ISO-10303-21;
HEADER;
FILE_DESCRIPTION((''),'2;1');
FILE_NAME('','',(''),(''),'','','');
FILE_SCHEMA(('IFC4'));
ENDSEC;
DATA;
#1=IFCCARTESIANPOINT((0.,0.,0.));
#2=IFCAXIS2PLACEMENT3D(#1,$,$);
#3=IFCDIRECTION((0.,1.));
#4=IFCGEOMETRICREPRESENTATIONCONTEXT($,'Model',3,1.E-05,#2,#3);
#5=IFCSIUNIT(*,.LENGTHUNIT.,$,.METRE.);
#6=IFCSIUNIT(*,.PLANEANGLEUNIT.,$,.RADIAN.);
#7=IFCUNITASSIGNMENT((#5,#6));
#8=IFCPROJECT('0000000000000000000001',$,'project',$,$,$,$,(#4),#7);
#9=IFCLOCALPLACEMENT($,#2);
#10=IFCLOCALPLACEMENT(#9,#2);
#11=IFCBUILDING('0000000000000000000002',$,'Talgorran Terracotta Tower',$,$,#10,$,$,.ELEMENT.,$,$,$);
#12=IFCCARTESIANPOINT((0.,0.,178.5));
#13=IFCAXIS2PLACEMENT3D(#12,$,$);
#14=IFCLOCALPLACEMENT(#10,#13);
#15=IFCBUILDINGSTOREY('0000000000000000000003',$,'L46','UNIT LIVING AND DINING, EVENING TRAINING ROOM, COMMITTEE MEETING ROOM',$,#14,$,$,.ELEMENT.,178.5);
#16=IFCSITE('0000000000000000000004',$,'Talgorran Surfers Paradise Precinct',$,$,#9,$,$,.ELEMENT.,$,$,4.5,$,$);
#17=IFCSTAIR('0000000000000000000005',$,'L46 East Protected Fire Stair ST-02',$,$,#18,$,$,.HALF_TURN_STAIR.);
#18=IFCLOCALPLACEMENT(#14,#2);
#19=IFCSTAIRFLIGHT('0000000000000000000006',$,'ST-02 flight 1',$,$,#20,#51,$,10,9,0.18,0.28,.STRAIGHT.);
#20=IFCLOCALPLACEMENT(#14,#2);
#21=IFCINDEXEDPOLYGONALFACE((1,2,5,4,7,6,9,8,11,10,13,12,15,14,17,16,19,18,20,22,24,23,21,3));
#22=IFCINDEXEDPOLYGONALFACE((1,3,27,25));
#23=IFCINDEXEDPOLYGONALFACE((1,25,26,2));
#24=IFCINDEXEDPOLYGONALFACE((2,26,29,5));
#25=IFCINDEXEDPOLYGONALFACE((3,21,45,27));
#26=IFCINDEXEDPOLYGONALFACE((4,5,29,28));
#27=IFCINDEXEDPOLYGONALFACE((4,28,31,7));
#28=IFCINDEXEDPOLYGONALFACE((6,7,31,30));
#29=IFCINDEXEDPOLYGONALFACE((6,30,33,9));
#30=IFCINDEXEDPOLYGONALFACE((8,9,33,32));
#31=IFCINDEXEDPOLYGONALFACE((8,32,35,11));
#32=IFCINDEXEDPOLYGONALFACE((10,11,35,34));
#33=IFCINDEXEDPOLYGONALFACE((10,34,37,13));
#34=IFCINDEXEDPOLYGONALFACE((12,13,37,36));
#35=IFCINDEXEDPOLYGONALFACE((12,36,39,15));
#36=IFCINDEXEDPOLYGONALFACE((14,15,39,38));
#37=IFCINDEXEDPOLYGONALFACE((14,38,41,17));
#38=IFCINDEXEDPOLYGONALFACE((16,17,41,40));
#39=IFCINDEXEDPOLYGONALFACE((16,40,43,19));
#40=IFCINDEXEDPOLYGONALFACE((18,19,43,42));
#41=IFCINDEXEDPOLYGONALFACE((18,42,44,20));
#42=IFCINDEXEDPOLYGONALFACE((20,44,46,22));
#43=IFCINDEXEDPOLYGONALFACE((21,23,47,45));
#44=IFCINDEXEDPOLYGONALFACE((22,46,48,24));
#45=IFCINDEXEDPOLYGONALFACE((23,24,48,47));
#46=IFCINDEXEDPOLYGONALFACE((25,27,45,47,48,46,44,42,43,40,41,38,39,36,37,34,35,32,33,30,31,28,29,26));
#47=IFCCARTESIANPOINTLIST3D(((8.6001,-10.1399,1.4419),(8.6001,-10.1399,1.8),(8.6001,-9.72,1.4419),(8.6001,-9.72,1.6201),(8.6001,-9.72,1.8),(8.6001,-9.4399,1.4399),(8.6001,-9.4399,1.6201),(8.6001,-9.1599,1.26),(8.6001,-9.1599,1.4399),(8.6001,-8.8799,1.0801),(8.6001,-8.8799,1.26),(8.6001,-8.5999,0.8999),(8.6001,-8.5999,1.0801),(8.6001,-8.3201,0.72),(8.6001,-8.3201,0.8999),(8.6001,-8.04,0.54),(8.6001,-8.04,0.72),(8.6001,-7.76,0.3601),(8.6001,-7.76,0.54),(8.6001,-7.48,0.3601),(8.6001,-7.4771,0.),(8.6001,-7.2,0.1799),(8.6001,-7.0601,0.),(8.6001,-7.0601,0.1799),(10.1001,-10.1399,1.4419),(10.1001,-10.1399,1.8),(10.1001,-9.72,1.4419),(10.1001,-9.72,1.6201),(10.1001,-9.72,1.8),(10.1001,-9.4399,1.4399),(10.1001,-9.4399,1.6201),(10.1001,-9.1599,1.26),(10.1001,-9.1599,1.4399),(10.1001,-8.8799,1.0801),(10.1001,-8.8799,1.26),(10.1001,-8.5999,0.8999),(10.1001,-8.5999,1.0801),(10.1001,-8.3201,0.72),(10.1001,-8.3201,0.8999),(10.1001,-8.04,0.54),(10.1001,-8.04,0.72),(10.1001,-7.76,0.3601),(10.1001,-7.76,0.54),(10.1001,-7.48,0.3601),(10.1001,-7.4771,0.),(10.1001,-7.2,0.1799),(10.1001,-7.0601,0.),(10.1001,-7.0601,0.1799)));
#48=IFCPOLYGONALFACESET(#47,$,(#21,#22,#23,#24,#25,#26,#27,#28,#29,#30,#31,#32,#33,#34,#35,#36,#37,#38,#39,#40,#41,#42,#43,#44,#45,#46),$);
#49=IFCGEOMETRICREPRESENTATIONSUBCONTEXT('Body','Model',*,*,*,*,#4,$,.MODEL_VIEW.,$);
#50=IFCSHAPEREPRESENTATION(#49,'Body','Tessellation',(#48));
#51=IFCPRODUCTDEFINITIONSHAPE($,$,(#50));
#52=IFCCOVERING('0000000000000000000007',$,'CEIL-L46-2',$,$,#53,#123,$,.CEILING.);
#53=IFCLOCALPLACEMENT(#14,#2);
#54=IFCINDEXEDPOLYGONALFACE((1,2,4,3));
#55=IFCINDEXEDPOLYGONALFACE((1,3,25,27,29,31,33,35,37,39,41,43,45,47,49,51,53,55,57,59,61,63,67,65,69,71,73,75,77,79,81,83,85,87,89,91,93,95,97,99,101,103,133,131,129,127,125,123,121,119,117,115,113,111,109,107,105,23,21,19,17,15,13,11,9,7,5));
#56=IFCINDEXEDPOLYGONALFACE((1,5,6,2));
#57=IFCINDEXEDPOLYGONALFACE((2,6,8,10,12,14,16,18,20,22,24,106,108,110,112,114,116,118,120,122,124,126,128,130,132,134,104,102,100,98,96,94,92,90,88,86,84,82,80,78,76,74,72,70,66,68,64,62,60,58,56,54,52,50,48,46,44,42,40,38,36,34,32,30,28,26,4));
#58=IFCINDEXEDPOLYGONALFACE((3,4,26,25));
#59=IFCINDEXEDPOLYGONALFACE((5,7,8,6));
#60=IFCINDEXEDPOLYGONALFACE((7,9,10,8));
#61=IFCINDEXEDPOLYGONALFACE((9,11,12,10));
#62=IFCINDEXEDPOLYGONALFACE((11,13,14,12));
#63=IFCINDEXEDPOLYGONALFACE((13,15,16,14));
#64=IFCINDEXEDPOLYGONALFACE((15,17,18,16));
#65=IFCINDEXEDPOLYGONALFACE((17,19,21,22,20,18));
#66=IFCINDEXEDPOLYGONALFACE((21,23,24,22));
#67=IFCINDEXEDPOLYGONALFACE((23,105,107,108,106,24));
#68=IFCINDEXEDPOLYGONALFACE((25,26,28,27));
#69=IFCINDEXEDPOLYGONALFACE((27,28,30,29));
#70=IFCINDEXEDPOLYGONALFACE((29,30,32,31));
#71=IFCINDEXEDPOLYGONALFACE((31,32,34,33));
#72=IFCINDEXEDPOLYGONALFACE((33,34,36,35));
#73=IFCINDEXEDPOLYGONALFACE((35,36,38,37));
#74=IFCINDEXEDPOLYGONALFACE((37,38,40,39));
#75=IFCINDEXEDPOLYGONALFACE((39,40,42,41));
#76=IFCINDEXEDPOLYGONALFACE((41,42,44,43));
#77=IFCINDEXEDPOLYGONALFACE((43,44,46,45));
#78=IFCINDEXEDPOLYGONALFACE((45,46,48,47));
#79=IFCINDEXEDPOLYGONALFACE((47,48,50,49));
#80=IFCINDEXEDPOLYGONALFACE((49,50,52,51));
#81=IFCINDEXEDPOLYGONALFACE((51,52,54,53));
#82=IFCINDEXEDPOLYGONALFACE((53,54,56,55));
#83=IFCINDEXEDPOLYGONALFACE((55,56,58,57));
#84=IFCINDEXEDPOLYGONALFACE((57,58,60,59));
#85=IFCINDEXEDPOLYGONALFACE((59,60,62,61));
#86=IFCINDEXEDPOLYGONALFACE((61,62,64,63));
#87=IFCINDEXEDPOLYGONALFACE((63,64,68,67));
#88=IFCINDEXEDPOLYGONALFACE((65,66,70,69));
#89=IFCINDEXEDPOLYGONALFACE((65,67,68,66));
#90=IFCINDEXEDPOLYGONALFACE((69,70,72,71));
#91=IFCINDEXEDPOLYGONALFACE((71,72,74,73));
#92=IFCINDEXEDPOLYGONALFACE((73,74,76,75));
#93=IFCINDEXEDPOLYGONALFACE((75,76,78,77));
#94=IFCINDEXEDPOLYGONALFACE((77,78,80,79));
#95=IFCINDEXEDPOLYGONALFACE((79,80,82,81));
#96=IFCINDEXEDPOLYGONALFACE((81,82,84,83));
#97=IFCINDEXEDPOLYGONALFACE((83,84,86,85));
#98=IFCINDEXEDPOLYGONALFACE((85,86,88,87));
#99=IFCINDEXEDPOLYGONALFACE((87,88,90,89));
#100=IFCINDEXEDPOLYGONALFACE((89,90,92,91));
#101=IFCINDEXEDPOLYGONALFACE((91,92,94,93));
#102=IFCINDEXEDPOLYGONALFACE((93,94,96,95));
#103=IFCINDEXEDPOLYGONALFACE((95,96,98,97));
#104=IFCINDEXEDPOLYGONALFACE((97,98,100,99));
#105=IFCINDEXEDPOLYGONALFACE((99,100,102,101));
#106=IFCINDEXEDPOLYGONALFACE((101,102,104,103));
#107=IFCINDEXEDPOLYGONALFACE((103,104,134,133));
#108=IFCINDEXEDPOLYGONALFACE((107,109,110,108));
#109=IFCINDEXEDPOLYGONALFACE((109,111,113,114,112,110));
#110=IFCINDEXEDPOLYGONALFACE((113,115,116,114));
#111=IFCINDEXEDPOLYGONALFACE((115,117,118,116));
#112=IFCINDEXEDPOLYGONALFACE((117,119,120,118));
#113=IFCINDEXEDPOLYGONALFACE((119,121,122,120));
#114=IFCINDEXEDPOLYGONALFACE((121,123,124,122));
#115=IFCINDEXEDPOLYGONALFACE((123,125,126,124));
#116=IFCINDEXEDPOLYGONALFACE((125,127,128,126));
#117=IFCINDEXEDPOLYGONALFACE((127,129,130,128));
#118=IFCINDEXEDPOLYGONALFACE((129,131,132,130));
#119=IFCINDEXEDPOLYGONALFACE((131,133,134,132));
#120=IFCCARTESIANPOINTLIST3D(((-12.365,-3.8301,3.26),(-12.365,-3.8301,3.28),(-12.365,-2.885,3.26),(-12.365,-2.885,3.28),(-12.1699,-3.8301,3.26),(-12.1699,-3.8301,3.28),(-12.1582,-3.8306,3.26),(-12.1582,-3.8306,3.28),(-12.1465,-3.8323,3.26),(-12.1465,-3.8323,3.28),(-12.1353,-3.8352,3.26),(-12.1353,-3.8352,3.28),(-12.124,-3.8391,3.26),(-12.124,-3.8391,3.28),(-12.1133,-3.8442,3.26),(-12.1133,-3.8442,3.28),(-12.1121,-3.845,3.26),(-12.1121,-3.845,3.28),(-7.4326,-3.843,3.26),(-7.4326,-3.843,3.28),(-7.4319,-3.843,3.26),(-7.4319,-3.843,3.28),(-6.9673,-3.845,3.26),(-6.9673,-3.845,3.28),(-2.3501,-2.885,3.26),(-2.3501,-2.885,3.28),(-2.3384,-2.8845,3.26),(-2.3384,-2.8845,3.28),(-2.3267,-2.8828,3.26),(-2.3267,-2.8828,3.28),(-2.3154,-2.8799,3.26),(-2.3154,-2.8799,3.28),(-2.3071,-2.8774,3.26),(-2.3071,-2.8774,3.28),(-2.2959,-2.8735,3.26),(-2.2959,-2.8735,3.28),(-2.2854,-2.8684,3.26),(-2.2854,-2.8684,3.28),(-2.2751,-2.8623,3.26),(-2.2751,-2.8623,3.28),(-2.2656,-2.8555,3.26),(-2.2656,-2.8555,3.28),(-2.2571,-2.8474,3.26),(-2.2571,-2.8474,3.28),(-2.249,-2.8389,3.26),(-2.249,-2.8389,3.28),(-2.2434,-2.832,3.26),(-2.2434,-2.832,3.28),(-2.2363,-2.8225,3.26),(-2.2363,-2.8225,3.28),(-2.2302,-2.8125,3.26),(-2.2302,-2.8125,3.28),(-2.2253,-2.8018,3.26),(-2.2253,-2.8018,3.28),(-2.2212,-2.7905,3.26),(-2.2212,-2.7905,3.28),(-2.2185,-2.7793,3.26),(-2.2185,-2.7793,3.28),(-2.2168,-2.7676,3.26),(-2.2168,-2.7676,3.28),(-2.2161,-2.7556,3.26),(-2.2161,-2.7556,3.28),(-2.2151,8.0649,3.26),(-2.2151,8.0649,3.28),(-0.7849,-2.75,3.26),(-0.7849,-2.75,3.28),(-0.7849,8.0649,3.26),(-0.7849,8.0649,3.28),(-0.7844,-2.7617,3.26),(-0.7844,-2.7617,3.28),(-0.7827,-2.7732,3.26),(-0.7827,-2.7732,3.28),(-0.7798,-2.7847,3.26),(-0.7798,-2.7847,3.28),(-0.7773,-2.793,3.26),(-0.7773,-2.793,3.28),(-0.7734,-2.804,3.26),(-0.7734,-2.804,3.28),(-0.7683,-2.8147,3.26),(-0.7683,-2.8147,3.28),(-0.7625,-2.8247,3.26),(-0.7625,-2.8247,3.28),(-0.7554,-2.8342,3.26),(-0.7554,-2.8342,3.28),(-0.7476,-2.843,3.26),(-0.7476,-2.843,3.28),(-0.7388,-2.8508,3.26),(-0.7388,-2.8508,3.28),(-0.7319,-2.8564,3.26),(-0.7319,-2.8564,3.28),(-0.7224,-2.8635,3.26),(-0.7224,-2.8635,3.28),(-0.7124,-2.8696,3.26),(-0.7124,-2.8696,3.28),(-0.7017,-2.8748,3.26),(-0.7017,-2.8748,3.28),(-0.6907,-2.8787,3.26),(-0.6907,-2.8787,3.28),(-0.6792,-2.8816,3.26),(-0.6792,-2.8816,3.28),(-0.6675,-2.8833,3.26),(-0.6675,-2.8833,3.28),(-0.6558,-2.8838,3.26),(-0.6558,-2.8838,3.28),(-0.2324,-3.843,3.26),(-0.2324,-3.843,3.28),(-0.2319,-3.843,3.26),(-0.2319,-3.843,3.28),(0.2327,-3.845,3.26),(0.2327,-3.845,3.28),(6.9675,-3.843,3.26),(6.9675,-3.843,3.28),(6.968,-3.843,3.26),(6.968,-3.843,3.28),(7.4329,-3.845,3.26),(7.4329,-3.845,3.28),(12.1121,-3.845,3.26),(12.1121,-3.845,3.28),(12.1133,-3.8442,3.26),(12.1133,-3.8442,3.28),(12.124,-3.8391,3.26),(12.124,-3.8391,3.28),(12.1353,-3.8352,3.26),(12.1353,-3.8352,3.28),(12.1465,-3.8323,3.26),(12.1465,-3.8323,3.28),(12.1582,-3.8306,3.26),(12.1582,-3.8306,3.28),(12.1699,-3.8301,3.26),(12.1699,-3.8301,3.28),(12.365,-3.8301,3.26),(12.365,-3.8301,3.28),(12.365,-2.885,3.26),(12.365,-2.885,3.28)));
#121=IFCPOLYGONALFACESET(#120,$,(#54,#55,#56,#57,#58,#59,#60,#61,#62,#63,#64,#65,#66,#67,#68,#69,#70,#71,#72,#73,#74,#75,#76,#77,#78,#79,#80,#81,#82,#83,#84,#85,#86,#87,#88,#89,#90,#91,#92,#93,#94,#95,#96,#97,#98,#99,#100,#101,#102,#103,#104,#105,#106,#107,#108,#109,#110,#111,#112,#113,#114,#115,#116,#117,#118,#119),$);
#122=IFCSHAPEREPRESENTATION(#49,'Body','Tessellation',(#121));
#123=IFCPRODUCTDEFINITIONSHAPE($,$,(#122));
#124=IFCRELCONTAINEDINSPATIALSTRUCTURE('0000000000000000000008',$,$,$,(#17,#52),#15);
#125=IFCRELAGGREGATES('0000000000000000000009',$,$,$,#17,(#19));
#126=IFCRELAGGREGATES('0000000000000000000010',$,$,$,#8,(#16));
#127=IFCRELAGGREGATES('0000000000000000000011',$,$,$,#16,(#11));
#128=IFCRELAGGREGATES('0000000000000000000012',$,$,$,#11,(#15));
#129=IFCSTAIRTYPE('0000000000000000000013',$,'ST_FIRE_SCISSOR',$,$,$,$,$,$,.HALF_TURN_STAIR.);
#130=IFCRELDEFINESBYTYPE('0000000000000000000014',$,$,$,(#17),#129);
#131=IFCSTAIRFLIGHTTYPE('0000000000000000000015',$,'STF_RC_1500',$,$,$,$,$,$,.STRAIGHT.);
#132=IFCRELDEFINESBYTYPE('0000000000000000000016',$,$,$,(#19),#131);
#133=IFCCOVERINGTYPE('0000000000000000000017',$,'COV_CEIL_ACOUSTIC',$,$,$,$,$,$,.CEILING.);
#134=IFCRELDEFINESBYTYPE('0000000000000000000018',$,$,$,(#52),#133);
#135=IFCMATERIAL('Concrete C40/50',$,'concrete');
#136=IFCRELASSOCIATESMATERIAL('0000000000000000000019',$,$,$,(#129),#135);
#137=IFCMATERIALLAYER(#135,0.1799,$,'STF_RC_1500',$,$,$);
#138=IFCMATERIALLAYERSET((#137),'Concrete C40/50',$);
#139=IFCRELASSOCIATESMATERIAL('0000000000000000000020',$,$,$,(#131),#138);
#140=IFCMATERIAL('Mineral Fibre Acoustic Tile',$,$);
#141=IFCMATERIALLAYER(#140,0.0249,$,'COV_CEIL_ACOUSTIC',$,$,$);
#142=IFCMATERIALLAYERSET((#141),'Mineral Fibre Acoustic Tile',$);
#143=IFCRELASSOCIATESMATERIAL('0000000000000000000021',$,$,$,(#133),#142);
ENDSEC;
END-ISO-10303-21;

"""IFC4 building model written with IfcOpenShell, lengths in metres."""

from ifc_helpers import new_model, si_unit, direction, frame, origin, place, context, subcontext, project, spatial, polyline, outline, extrude, material, layer, layer_set, type_object, element, aggregate, save


model = new_model("IFC4")

# Units and contexts
model_context = context("Model", 3, precision=1e-05, world=origin(), true_north=direction((0.0, 1.0)))
body_context = subcontext(model_context, "Body", "Model", "MODEL_VIEW")
ifc_project = project(units=[si_unit("LENGTHUNIT", "METRE"), si_unit("PLANEANGLEUNIT", "RADIAN")], contexts=[model_context])

# Site, building, storey
site_placement = place(None, origin())
site = spatial("IfcSite", under=ifc_project, at=site_placement, Name="Talgorran Surfers Paradise Precinct", CompositionType="ELEMENT", RefElevation=4.5)
building_placement = place(site_placement, origin())
building = spatial("IfcBuilding", under=site, at=building_placement, Name="Talgorran Terracotta Tower", CompositionType="ELEMENT")
storey_placement = place(building_placement, frame((0.0, 0.0, 178.5)))
storey = spatial("IfcBuildingStorey", under=building, at=storey_placement, Name="L46", Description="UNIT LIVING AND DINING, EVENING TRAINING ROOM, COMMITTEE MEETING ROOM", CompositionType="ELEMENT", Elevation=178.5)

# Stair
ifc_material_1 = material(Name="Concrete C40/50", Category="concrete")
stair_type = type_object("IfcStairType", Name="ST_FIRE_SCISSOR", PredefinedType="HALF_TURN_STAIR", material=ifc_material_1)
stair_1_placement = place(storey_placement, origin())
stair_1 = element("IfcStair", 1, at=stair_1_placement, inside=storey, type_object=stair_type, Name="L46 East Protected Fire Stair ST-02", PredefinedType="HALF_TURN_STAIR")

# Stair flight
ifc_layer_1 = layer(ifc_material_1, 0.1799, Name="STF_RC_1500")
ifc_layer_set_1 = layer_set([ifc_layer_1], Name="Concrete C40/50")
stair_flight_type = type_object("IfcStairFlightType", Name="STF_RC_1500", PredefinedType="STRAIGHT", material=ifc_layer_set_1)
stair_flight_placement = place(storey_placement, frame((9.3501, -7.2, 0.0), z_axis=(0.0, 0.0, 1.0), x_axis=(0.0, -1.0, 0.0)))
stair_flight = element("IfcStairFlight", 2, at=stair_flight_placement, type_object=stair_flight_type, Name="ST-02 flight 1", NumberOfRisers=10, NumberOfTreads=9, PredefinedType="STRAIGHT", RiserHeight=0.18, TreadLength=0.28, context=body_context, shape_type="SweptSolid", body=[
    extrude(outline(polyline([(-0.1399, 0.0), (-0.1399, 0.1799), (0.0, 0.1799), (0.28, 0.3601), (0.5601, 0.3601), (0.5601, 0.54), (0.8401, 0.54), (0.8401, 0.72), (1.1201, 0.72), (1.1201, 0.8999), (1.3999, 0.8999), (1.3999, 1.0801), (1.6799, 1.0801), (1.6799, 1.26), (1.96, 1.26), (1.96, 1.4399), (2.24, 1.4399), (2.24, 1.6201), (2.52, 1.6201), (2.52, 1.8), (2.9399, 1.8), (2.9399, 1.4419), (2.52, 1.4419), (0.2771, 0.0), (-0.1399, 0.0)])), frame((0.0, 0.75, 0.0), z_axis=(0.0, -1.0, 0.0), x_axis=(1.0, 0.0, 0.0)), (0.0, 0.0, 1.0), 1.5),
])
aggregate(stair_1, [stair_flight])

# Covering
ifc_material_2 = material(Name="Mineral Fibre Acoustic Tile")
ifc_layer_2 = layer(ifc_material_2, 0.0249, Name="COV_CEIL_ACOUSTIC")
ifc_layer_set_2 = layer_set([ifc_layer_2], Name="Mineral Fibre Acoustic Tile")
covering_type_1 = type_object("IfcCoveringType", Name="COV_CEIL_ACOUSTIC", PredefinedType="CEILING", material=ifc_layer_set_2)
covering_1_placement = place(storey_placement, frame((0.0, 0.0, 3.26)))
element("IfcCovering", 3, at=covering_1_placement, inside=storey, type_object=covering_type_1, Name="CEIL-L46-2", PredefinedType="CEILING", context=body_context, shape_type="SweptSolid", body=[
    extrude(outline(polyline([(-12.365, -2.885), (-2.3501, -2.885), (-2.3384, -2.8845), (-2.3267, -2.8828), (-2.3154, -2.8799), (-2.3071, -2.8774), (-2.2959, -2.8735), (-2.2854, -2.8684), (-2.2751, -2.8623), (-2.2656, -2.8555), (-2.2571, -2.8474), (-2.249, -2.8389), (-2.2434, -2.832), (-2.2363, -2.8225), (-2.2302, -2.8125), (-2.2253, -2.8018), (-2.2212, -2.7905), (-2.2185, -2.7793), (-2.2168, -2.7676), (-2.2161, -2.7556), (-2.2151, 8.0649), (-0.7849, 8.0649), (-0.7849, -2.75), (-0.7844, -2.7617), (-0.7827, -2.7732), (-0.7798, -2.7847), (-0.7773, -2.793), (-0.7734, -2.804), (-0.7683, -2.8147), (-0.7625, -2.8247), (-0.7554, -2.8342), (-0.7476, -2.843), (-0.7388, -2.8508), (-0.7319, -2.8564), (-0.7224, -2.8635), (-0.7124, -2.8696), (-0.7017, -2.8748), (-0.6907, -2.8787), (-0.6792, -2.8816), (-0.6675, -2.8833), (-0.6558, -2.8838), (12.365, -2.885), (12.365, -3.8301), (12.1699, -3.8301), (12.1582, -3.8306), (12.1465, -3.8323), (12.1353, -3.8352), (12.124, -3.8391), (12.1133, -3.8442), (12.1121, -3.845), (7.4329, -3.845), (6.968, -3.843), (6.9675, -3.843), (0.2327, -3.845), (-0.2319, -3.843), (-0.2324, -3.843), (-6.9673, -3.845), (-7.4319, -3.843), (-7.4326, -3.843), (-12.1121, -3.845), (-12.1133, -3.8442), (-12.124, -3.8391), (-12.1353, -3.8352), (-12.1465, -3.8323), (-12.1582, -3.8306), (-12.1699, -3.8301), (-12.365, -3.8301), (-12.365, -2.885)])), origin(), (0.0, 0.0, 1.0), 0.02),
])

save(model, "model.ifc")
